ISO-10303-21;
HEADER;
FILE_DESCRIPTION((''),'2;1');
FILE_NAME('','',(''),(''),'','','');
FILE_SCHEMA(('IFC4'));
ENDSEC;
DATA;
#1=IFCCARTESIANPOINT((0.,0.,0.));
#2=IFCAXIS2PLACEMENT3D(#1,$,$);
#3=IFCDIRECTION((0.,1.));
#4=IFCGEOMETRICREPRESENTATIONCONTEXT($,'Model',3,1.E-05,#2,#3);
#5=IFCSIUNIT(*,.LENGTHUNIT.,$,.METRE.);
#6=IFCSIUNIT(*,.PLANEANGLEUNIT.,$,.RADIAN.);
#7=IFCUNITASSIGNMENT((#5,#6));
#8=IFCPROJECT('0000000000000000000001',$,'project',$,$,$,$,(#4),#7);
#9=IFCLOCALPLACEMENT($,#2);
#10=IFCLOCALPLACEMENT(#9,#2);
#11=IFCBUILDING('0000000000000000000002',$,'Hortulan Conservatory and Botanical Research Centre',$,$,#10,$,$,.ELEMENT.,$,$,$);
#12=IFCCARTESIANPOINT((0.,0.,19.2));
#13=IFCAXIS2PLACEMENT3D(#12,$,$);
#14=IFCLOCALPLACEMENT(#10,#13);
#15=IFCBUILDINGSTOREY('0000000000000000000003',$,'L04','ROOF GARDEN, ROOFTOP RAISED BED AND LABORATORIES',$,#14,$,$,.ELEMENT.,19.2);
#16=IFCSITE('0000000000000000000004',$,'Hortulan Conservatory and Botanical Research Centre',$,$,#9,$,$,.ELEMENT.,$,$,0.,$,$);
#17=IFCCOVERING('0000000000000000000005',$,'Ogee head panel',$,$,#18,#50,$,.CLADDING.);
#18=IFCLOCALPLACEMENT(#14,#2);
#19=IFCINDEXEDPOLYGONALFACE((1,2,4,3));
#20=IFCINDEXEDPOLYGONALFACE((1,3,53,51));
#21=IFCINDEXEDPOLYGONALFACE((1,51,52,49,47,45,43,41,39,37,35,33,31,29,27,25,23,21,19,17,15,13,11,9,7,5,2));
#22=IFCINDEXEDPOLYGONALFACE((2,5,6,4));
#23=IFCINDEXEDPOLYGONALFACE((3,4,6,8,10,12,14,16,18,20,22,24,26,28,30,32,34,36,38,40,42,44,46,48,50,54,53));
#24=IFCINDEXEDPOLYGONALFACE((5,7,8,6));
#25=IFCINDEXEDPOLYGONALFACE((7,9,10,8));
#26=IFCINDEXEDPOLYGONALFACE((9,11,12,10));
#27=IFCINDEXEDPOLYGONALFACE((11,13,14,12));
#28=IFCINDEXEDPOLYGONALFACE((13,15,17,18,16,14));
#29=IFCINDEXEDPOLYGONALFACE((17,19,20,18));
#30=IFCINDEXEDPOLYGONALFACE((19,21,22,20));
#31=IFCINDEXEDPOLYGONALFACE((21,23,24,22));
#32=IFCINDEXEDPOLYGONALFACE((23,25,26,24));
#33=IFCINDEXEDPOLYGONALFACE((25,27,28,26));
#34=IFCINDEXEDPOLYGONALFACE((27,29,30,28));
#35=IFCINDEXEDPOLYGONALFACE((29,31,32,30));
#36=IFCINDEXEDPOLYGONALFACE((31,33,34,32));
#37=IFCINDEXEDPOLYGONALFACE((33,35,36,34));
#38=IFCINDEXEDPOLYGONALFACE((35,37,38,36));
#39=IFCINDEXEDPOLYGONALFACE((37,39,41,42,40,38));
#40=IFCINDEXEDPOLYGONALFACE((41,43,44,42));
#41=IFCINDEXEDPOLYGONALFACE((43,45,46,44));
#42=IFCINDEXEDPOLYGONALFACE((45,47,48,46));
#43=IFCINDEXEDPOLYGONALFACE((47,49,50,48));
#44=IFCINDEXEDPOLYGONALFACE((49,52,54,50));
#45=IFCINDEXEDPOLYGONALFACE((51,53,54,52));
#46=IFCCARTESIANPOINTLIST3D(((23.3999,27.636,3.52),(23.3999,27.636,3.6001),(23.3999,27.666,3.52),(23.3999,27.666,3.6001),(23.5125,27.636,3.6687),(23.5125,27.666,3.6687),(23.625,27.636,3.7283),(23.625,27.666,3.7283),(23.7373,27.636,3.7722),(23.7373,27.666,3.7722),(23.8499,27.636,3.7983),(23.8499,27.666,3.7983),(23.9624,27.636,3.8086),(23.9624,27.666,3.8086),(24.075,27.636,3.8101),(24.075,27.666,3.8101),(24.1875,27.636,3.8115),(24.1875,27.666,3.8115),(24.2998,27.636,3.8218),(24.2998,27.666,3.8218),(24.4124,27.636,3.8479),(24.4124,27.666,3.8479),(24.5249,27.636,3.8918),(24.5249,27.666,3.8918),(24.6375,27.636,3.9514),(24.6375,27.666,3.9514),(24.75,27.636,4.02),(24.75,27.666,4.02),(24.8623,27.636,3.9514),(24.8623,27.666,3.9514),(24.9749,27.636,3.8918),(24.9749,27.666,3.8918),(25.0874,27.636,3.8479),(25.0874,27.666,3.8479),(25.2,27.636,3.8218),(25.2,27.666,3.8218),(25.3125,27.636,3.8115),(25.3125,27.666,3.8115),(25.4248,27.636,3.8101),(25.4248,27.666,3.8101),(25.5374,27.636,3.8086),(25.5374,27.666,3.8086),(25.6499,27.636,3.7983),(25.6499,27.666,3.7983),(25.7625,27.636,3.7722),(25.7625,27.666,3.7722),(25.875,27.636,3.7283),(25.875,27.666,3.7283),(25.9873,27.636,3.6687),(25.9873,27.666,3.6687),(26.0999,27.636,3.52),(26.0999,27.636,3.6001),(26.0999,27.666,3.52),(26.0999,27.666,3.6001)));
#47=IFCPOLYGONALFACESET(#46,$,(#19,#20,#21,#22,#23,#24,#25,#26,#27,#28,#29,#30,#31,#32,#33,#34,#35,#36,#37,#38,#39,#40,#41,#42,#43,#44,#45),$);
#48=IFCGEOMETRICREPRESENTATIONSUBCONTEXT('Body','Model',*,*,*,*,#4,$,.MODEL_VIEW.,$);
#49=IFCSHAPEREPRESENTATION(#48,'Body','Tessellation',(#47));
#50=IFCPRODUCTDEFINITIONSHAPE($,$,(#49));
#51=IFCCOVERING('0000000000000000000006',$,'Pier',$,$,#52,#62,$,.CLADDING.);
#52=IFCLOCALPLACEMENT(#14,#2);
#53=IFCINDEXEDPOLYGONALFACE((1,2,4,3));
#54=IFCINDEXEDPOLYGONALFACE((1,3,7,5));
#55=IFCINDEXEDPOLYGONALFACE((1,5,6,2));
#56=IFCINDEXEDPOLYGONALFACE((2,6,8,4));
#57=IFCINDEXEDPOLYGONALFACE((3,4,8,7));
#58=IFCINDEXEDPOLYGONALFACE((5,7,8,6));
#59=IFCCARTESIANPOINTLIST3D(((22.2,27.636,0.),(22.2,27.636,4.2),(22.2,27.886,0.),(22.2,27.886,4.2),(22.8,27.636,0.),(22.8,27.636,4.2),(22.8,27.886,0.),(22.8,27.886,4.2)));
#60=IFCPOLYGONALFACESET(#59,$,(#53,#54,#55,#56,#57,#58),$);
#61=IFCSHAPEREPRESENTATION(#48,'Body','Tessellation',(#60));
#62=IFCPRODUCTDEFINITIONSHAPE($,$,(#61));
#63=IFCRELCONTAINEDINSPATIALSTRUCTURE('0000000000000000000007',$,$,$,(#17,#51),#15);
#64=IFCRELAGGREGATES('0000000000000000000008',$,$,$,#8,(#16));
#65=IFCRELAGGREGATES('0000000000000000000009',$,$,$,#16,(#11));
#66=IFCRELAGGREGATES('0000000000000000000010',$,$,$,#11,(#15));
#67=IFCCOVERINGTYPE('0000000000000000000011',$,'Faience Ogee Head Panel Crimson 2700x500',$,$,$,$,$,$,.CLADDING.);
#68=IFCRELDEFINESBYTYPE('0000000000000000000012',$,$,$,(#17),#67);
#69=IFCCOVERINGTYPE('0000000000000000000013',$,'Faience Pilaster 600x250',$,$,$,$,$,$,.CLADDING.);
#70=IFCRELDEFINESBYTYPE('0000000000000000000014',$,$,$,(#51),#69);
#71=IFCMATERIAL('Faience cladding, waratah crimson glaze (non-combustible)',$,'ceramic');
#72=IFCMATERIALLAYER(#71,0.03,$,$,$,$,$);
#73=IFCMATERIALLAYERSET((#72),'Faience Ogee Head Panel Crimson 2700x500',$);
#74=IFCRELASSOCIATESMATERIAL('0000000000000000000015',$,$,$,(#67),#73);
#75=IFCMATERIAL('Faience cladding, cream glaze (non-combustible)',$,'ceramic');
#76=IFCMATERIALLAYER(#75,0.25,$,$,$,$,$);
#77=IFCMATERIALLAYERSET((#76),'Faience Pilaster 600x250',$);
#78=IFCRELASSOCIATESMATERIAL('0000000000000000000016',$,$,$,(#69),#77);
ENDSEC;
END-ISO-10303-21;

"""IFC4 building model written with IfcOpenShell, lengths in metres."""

from ifc_helpers import new_model, si_unit, direction, frame, origin, origin_2d, place, context, subcontext, project, spatial, polyline, rectangle, outline, extrude, material, layer, layer_set, type_object, element, save


model = new_model("IFC4")

# Units and contexts
model_context = context("Model", 3, precision=1e-05, world=origin(), true_north=direction((0.0, 1.0)))
body_context = subcontext(model_context, "Body", "Model", "MODEL_VIEW")
ifc_project = project(units=[si_unit("LENGTHUNIT", "METRE"), si_unit("PLANEANGLEUNIT", "RADIAN")], contexts=[model_context])

# Site, building, storey
site_placement = place(None, origin())
site = spatial("IfcSite", under=ifc_project, at=site_placement, Name="Hortulan Conservatory and Botanical Research Centre", CompositionType="ELEMENT", RefElevation=0.0)
building_placement = place(site_placement, origin())
building = spatial("IfcBuilding", under=site, at=building_placement, Name="Hortulan Conservatory and Botanical Research Centre", CompositionType="ELEMENT")
storey_placement = place(building_placement, frame((0.0, 0.0, 19.2)))
storey = spatial("IfcBuildingStorey", under=building, at=storey_placement, Name="L04", Description="ROOF GARDEN, ROOFTOP RAISED BED AND LABORATORIES", CompositionType="ELEMENT", Elevation=19.2)

# Coverings
ifc_material_1 = material(Name="Faience cladding, waratah crimson glaze (non-combustible)", Category="ceramic")
ifc_layer_1 = layer(ifc_material_1, 0.03)
ifc_layer_set_1 = layer_set([ifc_layer_1], Name="Faience Ogee Head Panel Crimson 2700x500")
covering_type_1 = type_object("IfcCoveringType", Name="Faience Ogee Head Panel Crimson 2700x500", PredefinedType="CLADDING", material=ifc_layer_set_1)
covering_1_placement = place(storey_placement, frame((23.3999, 27.6509, 3.52), z_axis=(0.0, 0.0, 1.0), x_axis=(1.0, 0.0, 0.0)))
element("IfcCovering", 1, at=covering_1_placement, inside=storey, type_object=covering_type_1, Name="Ogee head panel", PredefinedType="CLADDING", context=body_context, shape_type="SweptSolid", body=[
    extrude(outline(polyline([(0.0, 0.0), (2.7, 0.0), (2.7, 0.0801), (2.5874, 0.1487), (2.4751, 0.2083), (2.3625, 0.2522), (2.25, 0.2783), (2.1375, 0.2886), (2.0249, 0.29), (1.9126, 0.2915), (1.8, 0.3018), (1.6875, 0.3279), (1.575, 0.3718), (1.4624, 0.4314), (1.3501, 0.5), (1.2375, 0.4314), (1.125, 0.3718), (1.0125, 0.3279), (0.8999, 0.3018), (0.7876, 0.2915), (0.675, 0.29), (0.5625, 0.2886), (0.45, 0.2783), (0.3374, 0.2522), (0.2251, 0.2083), (0.1125, 0.1487), (0.0, 0.0801), (0.0, 0.0)])), frame((0.0, 0.0151, 0.0), z_axis=(0.0, -1.0, 0.0), x_axis=(1.0, 0.0, 0.0)), (0.0, 0.0, 1.0), 0.03),
])
ifc_material_2 = material(Name="Faience cladding, cream glaze (non-combustible)", Category="ceramic")
ifc_layer_2 = layer(ifc_material_2, 0.25)
ifc_layer_set_2 = layer_set([ifc_layer_2], Name="Faience Pilaster 600x250")
covering_type_2 = type_object("IfcCoveringType", Name="Faience Pilaster 600x250", PredefinedType="CLADDING", material=ifc_layer_set_2)
covering_2_placement = place(storey_placement, frame((22.5, 27.761, 0.0), z_axis=(0.0, 0.0, 1.0), x_axis=(1.0, 0.0, 0.0)))
element("IfcCovering", 2, at=covering_2_placement, inside=storey, type_object=covering_type_2, Name="Pier", PredefinedType="CLADDING", context=body_context, shape_type="SweptSolid", body=[
    extrude(rectangle(XDim=0.6001, YDim=0.25, at=origin_2d()), origin(), (0.0, 0.0, 1.0), 4.2),
])

save(model, "model.ifc")
